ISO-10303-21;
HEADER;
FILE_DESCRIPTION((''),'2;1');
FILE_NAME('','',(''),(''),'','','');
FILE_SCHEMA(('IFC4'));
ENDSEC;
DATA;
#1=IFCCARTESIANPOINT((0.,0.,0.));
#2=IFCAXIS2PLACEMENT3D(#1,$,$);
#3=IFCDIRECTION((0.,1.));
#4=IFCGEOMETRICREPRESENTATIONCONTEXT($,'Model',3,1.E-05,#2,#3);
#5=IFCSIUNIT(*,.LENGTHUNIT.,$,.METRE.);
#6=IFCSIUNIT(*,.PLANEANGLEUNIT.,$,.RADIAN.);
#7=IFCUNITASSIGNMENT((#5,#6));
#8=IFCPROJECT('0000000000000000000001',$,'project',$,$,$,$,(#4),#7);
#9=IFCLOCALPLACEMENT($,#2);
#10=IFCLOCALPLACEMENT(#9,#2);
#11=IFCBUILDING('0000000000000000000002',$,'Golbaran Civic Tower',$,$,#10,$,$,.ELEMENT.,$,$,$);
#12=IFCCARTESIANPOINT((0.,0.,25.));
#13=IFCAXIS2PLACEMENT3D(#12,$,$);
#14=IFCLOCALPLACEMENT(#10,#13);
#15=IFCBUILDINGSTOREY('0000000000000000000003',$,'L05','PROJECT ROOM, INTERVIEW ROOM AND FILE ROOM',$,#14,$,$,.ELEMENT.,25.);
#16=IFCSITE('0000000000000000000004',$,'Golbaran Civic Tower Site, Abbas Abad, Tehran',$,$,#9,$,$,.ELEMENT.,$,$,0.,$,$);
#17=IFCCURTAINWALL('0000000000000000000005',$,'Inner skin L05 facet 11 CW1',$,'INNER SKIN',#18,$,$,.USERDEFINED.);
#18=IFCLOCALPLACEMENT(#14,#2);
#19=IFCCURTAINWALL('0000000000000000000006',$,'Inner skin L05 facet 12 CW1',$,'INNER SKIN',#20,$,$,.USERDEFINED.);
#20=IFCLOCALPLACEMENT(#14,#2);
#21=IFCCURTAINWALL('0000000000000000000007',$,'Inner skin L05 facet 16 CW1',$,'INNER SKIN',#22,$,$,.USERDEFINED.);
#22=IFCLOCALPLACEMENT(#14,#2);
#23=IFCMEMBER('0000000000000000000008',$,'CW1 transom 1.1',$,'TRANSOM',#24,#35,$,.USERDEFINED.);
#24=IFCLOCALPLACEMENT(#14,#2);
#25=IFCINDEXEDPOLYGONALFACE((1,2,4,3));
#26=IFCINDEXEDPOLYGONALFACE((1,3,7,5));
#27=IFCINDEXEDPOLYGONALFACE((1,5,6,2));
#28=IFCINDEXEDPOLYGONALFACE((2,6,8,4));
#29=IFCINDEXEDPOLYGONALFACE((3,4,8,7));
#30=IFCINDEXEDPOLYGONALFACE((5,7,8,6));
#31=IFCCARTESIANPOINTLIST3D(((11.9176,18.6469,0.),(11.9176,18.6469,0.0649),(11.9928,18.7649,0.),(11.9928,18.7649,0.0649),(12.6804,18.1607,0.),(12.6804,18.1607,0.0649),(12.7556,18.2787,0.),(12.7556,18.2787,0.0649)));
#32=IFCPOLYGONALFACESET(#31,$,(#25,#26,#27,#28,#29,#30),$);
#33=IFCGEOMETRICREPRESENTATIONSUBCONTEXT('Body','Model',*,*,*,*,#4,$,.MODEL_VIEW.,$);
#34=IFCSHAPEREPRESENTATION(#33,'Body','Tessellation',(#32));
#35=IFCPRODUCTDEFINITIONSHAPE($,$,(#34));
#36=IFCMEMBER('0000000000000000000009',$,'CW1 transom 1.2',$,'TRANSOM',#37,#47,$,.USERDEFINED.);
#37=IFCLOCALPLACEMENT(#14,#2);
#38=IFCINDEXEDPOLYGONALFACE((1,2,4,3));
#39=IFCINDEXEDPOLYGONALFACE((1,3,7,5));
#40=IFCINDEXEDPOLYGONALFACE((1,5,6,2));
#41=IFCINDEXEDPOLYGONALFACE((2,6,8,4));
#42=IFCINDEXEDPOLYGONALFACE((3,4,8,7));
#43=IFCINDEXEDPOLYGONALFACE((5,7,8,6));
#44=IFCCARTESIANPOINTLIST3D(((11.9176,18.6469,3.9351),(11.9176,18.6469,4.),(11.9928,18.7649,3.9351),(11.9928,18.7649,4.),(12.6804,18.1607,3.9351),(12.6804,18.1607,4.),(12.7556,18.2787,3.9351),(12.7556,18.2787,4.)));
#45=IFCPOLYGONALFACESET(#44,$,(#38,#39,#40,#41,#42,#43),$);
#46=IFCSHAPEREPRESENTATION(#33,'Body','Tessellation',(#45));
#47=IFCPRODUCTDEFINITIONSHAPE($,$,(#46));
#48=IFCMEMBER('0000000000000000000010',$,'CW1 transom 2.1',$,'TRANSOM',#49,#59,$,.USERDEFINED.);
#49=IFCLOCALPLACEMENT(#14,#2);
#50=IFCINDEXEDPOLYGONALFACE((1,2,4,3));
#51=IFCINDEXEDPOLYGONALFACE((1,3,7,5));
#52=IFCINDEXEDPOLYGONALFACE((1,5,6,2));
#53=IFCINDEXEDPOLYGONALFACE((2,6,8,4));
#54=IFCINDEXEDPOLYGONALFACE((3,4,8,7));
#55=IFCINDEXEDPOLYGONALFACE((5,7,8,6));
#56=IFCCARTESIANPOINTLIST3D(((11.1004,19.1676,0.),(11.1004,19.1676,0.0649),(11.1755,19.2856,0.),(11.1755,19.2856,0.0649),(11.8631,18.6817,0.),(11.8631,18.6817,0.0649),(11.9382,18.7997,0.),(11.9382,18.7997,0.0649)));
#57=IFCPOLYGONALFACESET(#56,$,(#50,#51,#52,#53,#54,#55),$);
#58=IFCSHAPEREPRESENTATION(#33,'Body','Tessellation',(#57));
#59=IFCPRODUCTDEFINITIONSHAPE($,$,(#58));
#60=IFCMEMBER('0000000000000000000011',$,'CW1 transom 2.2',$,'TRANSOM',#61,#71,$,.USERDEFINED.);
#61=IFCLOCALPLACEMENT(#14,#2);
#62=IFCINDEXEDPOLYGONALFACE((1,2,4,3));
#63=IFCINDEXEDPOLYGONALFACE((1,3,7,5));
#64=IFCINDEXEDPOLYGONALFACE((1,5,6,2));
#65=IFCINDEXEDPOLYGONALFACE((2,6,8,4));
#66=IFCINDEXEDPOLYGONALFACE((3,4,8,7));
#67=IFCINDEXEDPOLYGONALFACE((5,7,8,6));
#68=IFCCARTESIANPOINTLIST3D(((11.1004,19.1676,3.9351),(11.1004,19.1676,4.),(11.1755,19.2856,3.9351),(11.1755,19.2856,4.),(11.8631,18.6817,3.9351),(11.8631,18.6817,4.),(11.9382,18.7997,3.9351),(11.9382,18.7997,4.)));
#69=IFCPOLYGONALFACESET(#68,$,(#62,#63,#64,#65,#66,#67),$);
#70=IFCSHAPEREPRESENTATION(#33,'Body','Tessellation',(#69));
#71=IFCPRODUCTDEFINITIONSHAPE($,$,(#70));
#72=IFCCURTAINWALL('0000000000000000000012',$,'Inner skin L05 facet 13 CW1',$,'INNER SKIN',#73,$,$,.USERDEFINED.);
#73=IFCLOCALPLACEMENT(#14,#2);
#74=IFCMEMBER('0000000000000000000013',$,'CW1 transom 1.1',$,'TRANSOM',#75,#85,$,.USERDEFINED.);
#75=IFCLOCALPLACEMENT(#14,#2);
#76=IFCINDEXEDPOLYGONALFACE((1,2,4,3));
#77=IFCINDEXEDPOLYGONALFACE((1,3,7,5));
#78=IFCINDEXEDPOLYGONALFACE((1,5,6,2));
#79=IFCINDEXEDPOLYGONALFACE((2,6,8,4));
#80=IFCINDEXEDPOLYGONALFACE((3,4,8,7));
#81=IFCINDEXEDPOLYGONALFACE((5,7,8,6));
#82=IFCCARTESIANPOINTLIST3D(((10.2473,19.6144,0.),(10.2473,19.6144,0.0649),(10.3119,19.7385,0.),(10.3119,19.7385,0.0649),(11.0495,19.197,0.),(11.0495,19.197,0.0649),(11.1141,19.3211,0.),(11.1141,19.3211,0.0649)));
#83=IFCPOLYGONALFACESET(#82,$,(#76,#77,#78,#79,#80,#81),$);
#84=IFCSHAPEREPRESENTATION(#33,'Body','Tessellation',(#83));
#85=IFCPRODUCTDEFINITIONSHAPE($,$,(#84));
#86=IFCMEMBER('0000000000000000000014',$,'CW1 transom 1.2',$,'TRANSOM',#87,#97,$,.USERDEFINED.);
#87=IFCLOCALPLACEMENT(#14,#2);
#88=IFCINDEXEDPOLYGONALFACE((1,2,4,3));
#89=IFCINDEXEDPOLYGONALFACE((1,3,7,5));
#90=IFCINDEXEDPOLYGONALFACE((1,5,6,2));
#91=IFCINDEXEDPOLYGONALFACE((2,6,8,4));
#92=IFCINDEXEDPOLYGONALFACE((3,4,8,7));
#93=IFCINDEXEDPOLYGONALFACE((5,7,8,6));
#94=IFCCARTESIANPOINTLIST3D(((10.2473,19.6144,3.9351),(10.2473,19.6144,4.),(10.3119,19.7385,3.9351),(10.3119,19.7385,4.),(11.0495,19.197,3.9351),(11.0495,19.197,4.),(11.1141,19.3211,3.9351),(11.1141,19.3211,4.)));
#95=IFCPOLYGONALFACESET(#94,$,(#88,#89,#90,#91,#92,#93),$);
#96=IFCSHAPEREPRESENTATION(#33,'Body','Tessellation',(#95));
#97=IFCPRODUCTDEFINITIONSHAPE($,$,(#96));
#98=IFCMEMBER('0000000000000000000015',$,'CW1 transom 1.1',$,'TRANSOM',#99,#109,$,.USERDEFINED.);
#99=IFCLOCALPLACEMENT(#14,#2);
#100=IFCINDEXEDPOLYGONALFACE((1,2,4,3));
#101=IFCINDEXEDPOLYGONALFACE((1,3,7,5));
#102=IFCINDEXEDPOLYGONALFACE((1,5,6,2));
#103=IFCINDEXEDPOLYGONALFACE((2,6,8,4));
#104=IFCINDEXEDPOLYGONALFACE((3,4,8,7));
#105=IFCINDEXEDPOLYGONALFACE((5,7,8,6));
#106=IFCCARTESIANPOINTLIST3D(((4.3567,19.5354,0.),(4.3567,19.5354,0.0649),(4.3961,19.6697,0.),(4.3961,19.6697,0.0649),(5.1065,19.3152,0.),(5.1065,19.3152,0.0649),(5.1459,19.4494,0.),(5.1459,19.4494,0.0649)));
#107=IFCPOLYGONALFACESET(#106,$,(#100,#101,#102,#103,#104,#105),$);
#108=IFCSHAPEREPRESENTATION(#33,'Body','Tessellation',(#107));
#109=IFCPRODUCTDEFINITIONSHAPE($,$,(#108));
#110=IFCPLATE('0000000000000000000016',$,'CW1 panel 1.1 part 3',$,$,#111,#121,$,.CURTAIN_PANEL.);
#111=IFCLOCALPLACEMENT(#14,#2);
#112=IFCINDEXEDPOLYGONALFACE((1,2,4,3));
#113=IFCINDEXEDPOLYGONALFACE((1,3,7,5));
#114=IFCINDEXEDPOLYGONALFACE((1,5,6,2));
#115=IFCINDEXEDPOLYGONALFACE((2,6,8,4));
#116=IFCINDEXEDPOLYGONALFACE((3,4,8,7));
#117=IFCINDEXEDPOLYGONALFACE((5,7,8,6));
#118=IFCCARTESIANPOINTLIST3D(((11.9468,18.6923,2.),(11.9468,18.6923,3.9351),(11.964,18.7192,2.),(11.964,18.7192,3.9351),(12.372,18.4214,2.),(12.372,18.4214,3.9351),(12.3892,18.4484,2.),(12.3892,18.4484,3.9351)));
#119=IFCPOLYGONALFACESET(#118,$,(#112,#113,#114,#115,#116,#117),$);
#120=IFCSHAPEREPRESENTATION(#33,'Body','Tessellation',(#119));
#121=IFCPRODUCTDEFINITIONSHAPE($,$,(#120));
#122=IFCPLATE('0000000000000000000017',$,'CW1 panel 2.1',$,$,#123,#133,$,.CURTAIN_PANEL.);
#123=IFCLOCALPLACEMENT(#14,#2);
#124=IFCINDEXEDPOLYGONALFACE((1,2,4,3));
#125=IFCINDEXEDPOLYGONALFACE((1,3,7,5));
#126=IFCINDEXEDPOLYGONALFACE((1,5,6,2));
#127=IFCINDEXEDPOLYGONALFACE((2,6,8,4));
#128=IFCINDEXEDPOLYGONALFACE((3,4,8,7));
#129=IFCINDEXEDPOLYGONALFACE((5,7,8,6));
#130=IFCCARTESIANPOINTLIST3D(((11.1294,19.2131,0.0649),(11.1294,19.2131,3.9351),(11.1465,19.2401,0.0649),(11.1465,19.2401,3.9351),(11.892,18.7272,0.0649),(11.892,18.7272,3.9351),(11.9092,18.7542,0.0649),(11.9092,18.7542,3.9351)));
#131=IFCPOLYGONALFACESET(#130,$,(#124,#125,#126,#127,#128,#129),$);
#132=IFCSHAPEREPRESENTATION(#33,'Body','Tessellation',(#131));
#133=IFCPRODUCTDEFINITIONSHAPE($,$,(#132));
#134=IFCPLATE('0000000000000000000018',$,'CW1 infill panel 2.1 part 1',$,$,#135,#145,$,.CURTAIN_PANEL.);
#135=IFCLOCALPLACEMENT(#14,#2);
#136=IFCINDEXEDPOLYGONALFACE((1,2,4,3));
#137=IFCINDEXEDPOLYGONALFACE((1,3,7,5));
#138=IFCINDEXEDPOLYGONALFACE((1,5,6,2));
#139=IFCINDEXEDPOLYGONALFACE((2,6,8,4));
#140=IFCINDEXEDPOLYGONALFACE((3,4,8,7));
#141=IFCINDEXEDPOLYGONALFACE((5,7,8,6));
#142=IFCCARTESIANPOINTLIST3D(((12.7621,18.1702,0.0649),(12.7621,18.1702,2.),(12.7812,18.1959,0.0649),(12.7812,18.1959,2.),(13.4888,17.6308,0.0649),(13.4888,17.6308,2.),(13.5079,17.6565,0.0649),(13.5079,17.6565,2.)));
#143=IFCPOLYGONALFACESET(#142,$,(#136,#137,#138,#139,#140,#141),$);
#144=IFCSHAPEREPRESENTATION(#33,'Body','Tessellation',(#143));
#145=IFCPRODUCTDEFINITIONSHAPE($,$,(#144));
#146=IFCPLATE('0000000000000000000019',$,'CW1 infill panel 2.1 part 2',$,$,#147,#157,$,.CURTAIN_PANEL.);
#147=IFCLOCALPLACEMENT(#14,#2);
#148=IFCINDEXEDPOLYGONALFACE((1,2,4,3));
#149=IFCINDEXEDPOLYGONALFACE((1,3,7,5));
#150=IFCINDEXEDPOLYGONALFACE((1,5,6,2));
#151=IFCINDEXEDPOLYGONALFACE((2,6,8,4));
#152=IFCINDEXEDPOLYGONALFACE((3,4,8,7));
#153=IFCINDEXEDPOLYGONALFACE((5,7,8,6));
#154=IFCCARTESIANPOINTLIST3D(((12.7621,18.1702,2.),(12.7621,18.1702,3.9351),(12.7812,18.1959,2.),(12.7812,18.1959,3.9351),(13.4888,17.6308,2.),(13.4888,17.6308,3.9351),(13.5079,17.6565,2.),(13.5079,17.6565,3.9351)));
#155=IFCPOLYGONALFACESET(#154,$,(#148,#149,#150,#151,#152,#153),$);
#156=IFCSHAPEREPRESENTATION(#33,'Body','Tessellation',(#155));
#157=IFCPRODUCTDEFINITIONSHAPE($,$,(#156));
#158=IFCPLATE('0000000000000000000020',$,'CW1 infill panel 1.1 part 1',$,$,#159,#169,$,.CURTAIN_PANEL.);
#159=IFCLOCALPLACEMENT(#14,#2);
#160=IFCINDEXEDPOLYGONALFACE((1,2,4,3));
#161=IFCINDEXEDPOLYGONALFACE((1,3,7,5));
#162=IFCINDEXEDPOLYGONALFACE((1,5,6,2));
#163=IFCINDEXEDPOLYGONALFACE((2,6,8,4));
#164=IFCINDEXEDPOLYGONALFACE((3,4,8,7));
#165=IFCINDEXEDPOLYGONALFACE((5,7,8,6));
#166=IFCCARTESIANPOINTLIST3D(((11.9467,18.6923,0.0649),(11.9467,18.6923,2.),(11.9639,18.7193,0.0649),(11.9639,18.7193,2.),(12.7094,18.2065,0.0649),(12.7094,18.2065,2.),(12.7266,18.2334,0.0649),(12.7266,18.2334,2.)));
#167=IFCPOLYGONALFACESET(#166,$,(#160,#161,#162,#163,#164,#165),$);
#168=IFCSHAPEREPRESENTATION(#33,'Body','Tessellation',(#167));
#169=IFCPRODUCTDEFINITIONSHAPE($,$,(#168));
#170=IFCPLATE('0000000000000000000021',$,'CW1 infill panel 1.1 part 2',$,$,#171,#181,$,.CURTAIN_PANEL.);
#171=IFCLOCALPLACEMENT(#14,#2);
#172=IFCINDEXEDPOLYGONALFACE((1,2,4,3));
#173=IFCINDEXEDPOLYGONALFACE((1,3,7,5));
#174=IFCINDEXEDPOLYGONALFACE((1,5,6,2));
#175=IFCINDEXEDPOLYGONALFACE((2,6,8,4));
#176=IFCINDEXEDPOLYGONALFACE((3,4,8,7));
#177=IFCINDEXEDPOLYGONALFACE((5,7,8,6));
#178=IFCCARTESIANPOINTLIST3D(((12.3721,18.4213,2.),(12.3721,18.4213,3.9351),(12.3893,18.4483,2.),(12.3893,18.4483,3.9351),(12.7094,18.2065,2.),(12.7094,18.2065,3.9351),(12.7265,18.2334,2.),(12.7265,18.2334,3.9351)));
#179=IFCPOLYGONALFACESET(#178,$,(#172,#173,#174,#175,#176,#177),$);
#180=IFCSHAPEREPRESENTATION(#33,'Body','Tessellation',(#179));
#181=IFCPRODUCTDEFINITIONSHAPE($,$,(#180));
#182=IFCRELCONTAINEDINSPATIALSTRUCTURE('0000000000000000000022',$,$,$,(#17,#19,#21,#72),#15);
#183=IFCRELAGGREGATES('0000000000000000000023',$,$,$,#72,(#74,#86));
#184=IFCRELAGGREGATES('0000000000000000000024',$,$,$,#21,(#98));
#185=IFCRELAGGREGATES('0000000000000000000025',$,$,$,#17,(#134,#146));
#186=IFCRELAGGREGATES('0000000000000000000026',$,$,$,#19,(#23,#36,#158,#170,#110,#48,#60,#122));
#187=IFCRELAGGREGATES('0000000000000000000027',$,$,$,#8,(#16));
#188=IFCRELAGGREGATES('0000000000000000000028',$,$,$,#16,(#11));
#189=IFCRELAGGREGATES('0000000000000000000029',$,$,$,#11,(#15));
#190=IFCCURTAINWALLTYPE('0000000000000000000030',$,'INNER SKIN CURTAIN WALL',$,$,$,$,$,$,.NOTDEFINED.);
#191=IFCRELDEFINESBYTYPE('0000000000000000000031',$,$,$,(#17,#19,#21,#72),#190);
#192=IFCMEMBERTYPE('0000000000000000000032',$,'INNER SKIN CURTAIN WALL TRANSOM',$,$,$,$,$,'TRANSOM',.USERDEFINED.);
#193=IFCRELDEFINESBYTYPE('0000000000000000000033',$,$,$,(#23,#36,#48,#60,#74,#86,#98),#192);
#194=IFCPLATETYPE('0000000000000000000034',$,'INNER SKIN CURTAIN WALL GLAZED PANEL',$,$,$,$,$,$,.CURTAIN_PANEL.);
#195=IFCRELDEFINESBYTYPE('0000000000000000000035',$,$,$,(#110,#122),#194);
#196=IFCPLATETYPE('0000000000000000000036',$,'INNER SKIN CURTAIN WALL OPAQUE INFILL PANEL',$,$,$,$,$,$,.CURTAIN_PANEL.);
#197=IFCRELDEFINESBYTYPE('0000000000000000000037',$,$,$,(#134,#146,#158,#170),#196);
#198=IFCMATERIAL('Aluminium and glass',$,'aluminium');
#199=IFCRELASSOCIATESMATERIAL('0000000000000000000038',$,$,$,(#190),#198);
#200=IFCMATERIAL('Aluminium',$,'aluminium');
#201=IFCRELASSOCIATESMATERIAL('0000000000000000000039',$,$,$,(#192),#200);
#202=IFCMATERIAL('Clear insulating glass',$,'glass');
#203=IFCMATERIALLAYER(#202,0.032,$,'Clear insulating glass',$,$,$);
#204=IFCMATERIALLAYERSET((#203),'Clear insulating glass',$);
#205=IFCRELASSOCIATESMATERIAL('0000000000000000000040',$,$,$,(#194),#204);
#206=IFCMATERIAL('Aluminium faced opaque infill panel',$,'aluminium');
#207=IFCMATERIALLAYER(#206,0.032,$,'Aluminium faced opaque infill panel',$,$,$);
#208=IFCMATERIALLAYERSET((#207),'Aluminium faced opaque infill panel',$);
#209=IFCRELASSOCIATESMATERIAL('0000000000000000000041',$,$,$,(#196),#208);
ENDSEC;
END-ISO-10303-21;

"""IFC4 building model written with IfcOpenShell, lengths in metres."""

from ifc_helpers import new_model, si_unit, direction, frame, origin, origin_2d, place, context, subcontext, project, spatial, rectangle, extrude, material, layer, layer_set, material_profile, profile_set, type_object, element, aggregate, save


model = new_model("IFC4")

# Units and contexts
model_context = context("Model", 3, precision=1e-05, world=origin(), true_north=direction((0.0, 1.0)))
body_context = subcontext(model_context, "Body", "Model", "MODEL_VIEW")
ifc_project = project(units=[si_unit("LENGTHUNIT", "METRE"), si_unit("PLANEANGLEUNIT", "RADIAN")], contexts=[model_context])

# Site, building, storey
site_placement = place(None, origin())
site = spatial("IfcSite", under=ifc_project, at=site_placement, Name="Golbaran Civic Tower Site, Abbas Abad, Tehran", CompositionType="ELEMENT", RefElevation=0.0)
building_placement = place(site_placement, origin())
building = spatial("IfcBuilding", under=site, at=building_placement, Name="Golbaran Civic Tower", CompositionType="ELEMENT")
storey_placement = place(building_placement, frame((0.0, 0.0, 25.0)))
storey = spatial("IfcBuildingStorey", under=building, at=storey_placement, Name="L05", Description="PROJECT ROOM, INTERVIEW ROOM AND FILE ROOM", CompositionType="ELEMENT", Elevation=25.0)

# Curtain wall
ifc_material_1 = material(Name="Aluminium and glass", Category="aluminium")
curtain_wall_type = type_object("IfcCurtainWallType", Name="INNER SKIN CURTAIN WALL", PredefinedType="NOTDEFINED", material=ifc_material_1)
curtain_wall_1_placement = place(storey_placement, origin())
curtain_wall_1 = element("IfcCurtainWall", 1, at=curtain_wall_1_placement, inside=storey, type_object=curtain_wall_type, Name="Inner skin L05 facet 11 CW1", ObjectType="INNER SKIN", PredefinedType="USERDEFINED")
ifc_material_2 = material(Name="Aluminium", Category="aluminium")

# Curtain wall
curtain_wall_2_placement = place(storey_placement, origin())
curtain_wall_2 = element("IfcCurtainWall", 2, at=curtain_wall_2_placement, inside=storey, type_object=curtain_wall_type, Name="Inner skin L05 facet 12 CW1", ObjectType="INNER SKIN", PredefinedType="USERDEFINED")

# Curtain wall
curtain_wall_3_placement = place(storey_placement, origin())
curtain_wall_3 = element("IfcCurtainWall", 3, at=curtain_wall_3_placement, inside=storey, type_object=curtain_wall_type, Name="Inner skin L05 facet 16 CW1", ObjectType="INNER SKIN", PredefinedType="USERDEFINED")

# Members
ifc_material_profile_1 = material_profile(ifc_material_2, rectangle(XDim=0.1399, YDim=0.0649, at=origin_2d()), Name="INNER SKIN CURTAIN WALL TRANSOM")
ifc_profile_set_1 = profile_set([ifc_material_profile_1], Name="Aluminium")
member_type_1 = type_object("IfcMemberType", Name="INNER SKIN CURTAIN WALL TRANSOM", ElementType="TRANSOM", PredefinedType="USERDEFINED", material=ifc_profile_set_1)
member_1_placement = place(storey_placement, frame((12.718, 18.2197, 0.0325), z_axis=(-0.843294, 0.537452, 0.0), x_axis=(-0.537452, -0.843294, 0.0)))
member_1 = element("IfcMember", 4, at=member_1_placement, type_object=member_type_1, Name="CW1 transom 1.1", ObjectType="TRANSOM", PredefinedType="USERDEFINED", context=body_context, shape_type="SweptSolid", body=[
    extrude(rectangle(XDim=0.1399, YDim=0.0649, at=origin_2d()), origin(), (0.0, 0.0, 1.0), 0.9045),
])
member_2_placement = place(storey_placement, frame((12.718, 18.2197, 3.9675), z_axis=(-0.843294, 0.537452, 0.0), x_axis=(-0.537452, -0.843294, 0.0)))
member_2 = element("IfcMember", 5, at=member_2_placement, type_object=member_type_1, Name="CW1 transom 1.2", ObjectType="TRANSOM", PredefinedType="USERDEFINED", context=body_context, shape_type="SweptSolid", body=[
    extrude(rectangle(XDim=0.1399, YDim=0.0649, at=origin_2d()), origin(), (0.0, 0.0, 1.0), 0.9045),
])
member_3_placement = place(storey_placement, frame((11.9006, 18.7407, 0.0325), z_axis=(-0.843417, 0.53726, 0.0), x_axis=(-0.53726, -0.843417, 0.0)))
member_3 = element("IfcMember", 6, at=member_3_placement, type_object=member_type_1, Name="CW1 transom 2.1", ObjectType="TRANSOM", PredefinedType="USERDEFINED", context=body_context, shape_type="SweptSolid", body=[
    extrude(rectangle(XDim=0.1399, YDim=0.0649, at=origin_2d()), origin(), (0.0, 0.0, 1.0), 0.9043),
])
member_4_placement = place(storey_placement, frame((11.9006, 18.7407, 3.9675), z_axis=(-0.843417, 0.53726, 0.0), x_axis=(-0.53726, -0.843417, 0.0)))
member_4 = element("IfcMember", 7, at=member_4_placement, type_object=member_type_1, Name="CW1 transom 2.2", ObjectType="TRANSOM", PredefinedType="USERDEFINED", context=body_context, shape_type="SweptSolid", body=[
    extrude(rectangle(XDim=0.1399, YDim=0.0649, at=origin_2d()), origin(), (0.0, 0.0, 1.0), 0.9043),
])

# Curtain wall, members
curtain_wall_4_placement = place(storey_placement, origin())
curtain_wall_4 = element("IfcCurtainWall", 8, at=curtain_wall_4_placement, inside=storey, type_object=curtain_wall_type, Name="Inner skin L05 facet 13 CW1", ObjectType="INNER SKIN", PredefinedType="USERDEFINED")
member_5_placement = place(storey_placement, frame((11.0818, 19.259, 0.0325), z_axis=(-0.887075, 0.461625, 0.0), x_axis=(-0.461625, -0.887075, 0.0)))
member_5 = element("IfcMember", 9, at=member_5_placement, type_object=member_type_1, Name="CW1 transom 1.1", ObjectType="TRANSOM", PredefinedType="USERDEFINED", context=body_context, shape_type="SweptSolid", body=[
    extrude(rectangle(XDim=0.1399, YDim=0.0649, at=origin_2d()), origin(), (0.0, 0.0, 1.0), 0.9043),
])
member_6_placement = place(storey_placement, frame((11.0818, 19.259, 3.9675), z_axis=(-0.887075, 0.461625, 0.0), x_axis=(-0.461625, -0.887075, 0.0)))
member_6 = element("IfcMember", 10, at=member_6_placement, type_object=member_type_1, Name="CW1 transom 1.2", ObjectType="TRANSOM", PredefinedType="USERDEFINED", context=body_context, shape_type="SweptSolid", body=[
    extrude(rectangle(XDim=0.1399, YDim=0.0649, at=origin_2d()), origin(), (0.0, 0.0, 1.0), 0.9043),
])
aggregate(curtain_wall_4, [member_5, member_6])

# Member
member_7_placement = place(storey_placement, frame((5.1262, 19.3823, 0.0325), z_axis=(-0.95947, 0.281811, 0.0), x_axis=(-0.281811, -0.95947, 0.0)))
member_7 = element("IfcMember", 11, at=member_7_placement, type_object=member_type_1, Name="CW1 transom 1.1", ObjectType="TRANSOM", PredefinedType="USERDEFINED", context=body_context, shape_type="SweptSolid", body=[
    extrude(rectangle(XDim=0.1399, YDim=0.0649, at=origin_2d()), origin(), (0.0, 0.0, 1.0), 0.7815),
])
aggregate(curtain_wall_3, [member_7])

# Plates
ifc_material_3 = material(Name="Clear insulating glass", Category="glass")
ifc_layer_1 = layer(ifc_material_3, 0.032, Name="Clear insulating glass")
ifc_layer_set_1 = layer_set([ifc_layer_1], Name="Clear insulating glass")
plate_type_1 = type_object("IfcPlateType", Name="INNER SKIN CURTAIN WALL GLAZED PANEL", PredefinedType="CURTAIN_PANEL", material=ifc_layer_set_1)
plate_1_placement = place(storey_placement, frame((12.168, 18.5703, 2.0), z_axis=(0.0, 0.0, 1.0), x_axis=(-0.843391, 0.5373, 0.0)))
plate_1 = element("IfcPlate", 12, at=plate_1_placement, type_object=plate_type_1, Name="CW1 panel 1.1 part 3", PredefinedType="CURTAIN_PANEL", context=body_context, shape_type="SweptSolid", body=[
    extrude(rectangle(XDim=0.5042, YDim=0.032, at=origin_2d()), origin(), (0.0, 0.0, 1.0), 1.9351),
])
plate_2_placement = place(storey_placement, frame((11.5193, 18.9836, 0.0649), z_axis=(0.0, 0.0, 1.0), x_axis=(-0.843391, 0.5373, 0.0)))
plate_2 = element("IfcPlate", 13, at=plate_2_placement, type_object=plate_type_1, Name="CW1 panel 2.1", PredefinedType="CURTAIN_PANEL", context=body_context, shape_type="SweptSolid", body=[
    extrude(rectangle(XDim=0.9043, YDim=0.032, at=origin_2d()), origin(), (0.0, 0.0, 1.0), 3.8701),
])
ifc_material_4 = material(Name="Aluminium faced opaque infill panel", Category="aluminium")
ifc_layer_2 = layer(ifc_material_4, 0.032, Name="Aluminium faced opaque infill panel")
ifc_layer_set_2 = layer_set([ifc_layer_2], Name="Aluminium faced opaque infill panel")
plate_type_2 = type_object("IfcPlateType", Name="INNER SKIN CURTAIN WALL OPAQUE INFILL PANEL", PredefinedType="CURTAIN_PANEL", material=ifc_layer_set_2)
plate_3_placement = place(storey_placement, frame((13.135, 17.9133, 0.0649), z_axis=(0.0, 0.0, 1.0), x_axis=(-0.80297, 0.596019, 0.0)))
plate_3 = element("IfcPlate", 14, at=plate_3_placement, type_object=plate_type_2, Name="CW1 infill panel 2.1 part 1", PredefinedType="CURTAIN_PANEL", context=body_context, shape_type="SweptSolid", body=[
    extrude(rectangle(XDim=0.905, YDim=0.032, at=origin_2d()), origin(), (0.0, 0.0, 1.0), 1.9351),
])
plate_4_placement = place(storey_placement, frame((13.135, 17.9133, 2.0), z_axis=(0.0, 0.0, 1.0), x_axis=(-0.80297, 0.596019, 0.0)))
plate_4 = element("IfcPlate", 15, at=plate_4_placement, type_object=plate_type_2, Name="CW1 infill panel 2.1 part 2", PredefinedType="CURTAIN_PANEL", context=body_context, shape_type="SweptSolid", body=[
    extrude(rectangle(XDim=0.905, YDim=0.032, at=origin_2d()), origin(), (0.0, 0.0, 1.0), 1.9351),
])
aggregate(curtain_wall_1, [plate_3, plate_4])
plate_5_placement = place(storey_placement, frame((12.3367, 18.4629, 0.0649), z_axis=(0.0, 0.0, 1.0), x_axis=(-0.843391, 0.5373, 0.0)))
plate_5 = element("IfcPlate", 16, at=plate_5_placement, type_object=plate_type_2, Name="CW1 infill panel 1.1 part 1", PredefinedType="CURTAIN_PANEL", context=body_context, shape_type="SweptSolid", body=[
    extrude(rectangle(XDim=0.9043, YDim=0.032, at=origin_2d()), origin(), (0.0, 0.0, 1.0), 1.9351),
])
plate_6_placement = place(storey_placement, frame((12.5493, 18.3274, 2.0), z_axis=(0.0, 0.0, 1.0), x_axis=(-0.843391, 0.5373, 0.0)))
plate_6 = element("IfcPlate", 17, at=plate_6_placement, type_object=plate_type_2, Name="CW1 infill panel 1.1 part 2", PredefinedType="CURTAIN_PANEL", context=body_context, shape_type="SweptSolid", body=[
    extrude(rectangle(XDim=0.3999, YDim=0.032, at=origin_2d()), origin(), (0.0, 0.0, 1.0), 1.9351),
])
aggregate(curtain_wall_2, [member_1, member_2, plate_5, plate_6, plate_1, member_3, member_4, plate_2])

save(model, "model.ifc")
